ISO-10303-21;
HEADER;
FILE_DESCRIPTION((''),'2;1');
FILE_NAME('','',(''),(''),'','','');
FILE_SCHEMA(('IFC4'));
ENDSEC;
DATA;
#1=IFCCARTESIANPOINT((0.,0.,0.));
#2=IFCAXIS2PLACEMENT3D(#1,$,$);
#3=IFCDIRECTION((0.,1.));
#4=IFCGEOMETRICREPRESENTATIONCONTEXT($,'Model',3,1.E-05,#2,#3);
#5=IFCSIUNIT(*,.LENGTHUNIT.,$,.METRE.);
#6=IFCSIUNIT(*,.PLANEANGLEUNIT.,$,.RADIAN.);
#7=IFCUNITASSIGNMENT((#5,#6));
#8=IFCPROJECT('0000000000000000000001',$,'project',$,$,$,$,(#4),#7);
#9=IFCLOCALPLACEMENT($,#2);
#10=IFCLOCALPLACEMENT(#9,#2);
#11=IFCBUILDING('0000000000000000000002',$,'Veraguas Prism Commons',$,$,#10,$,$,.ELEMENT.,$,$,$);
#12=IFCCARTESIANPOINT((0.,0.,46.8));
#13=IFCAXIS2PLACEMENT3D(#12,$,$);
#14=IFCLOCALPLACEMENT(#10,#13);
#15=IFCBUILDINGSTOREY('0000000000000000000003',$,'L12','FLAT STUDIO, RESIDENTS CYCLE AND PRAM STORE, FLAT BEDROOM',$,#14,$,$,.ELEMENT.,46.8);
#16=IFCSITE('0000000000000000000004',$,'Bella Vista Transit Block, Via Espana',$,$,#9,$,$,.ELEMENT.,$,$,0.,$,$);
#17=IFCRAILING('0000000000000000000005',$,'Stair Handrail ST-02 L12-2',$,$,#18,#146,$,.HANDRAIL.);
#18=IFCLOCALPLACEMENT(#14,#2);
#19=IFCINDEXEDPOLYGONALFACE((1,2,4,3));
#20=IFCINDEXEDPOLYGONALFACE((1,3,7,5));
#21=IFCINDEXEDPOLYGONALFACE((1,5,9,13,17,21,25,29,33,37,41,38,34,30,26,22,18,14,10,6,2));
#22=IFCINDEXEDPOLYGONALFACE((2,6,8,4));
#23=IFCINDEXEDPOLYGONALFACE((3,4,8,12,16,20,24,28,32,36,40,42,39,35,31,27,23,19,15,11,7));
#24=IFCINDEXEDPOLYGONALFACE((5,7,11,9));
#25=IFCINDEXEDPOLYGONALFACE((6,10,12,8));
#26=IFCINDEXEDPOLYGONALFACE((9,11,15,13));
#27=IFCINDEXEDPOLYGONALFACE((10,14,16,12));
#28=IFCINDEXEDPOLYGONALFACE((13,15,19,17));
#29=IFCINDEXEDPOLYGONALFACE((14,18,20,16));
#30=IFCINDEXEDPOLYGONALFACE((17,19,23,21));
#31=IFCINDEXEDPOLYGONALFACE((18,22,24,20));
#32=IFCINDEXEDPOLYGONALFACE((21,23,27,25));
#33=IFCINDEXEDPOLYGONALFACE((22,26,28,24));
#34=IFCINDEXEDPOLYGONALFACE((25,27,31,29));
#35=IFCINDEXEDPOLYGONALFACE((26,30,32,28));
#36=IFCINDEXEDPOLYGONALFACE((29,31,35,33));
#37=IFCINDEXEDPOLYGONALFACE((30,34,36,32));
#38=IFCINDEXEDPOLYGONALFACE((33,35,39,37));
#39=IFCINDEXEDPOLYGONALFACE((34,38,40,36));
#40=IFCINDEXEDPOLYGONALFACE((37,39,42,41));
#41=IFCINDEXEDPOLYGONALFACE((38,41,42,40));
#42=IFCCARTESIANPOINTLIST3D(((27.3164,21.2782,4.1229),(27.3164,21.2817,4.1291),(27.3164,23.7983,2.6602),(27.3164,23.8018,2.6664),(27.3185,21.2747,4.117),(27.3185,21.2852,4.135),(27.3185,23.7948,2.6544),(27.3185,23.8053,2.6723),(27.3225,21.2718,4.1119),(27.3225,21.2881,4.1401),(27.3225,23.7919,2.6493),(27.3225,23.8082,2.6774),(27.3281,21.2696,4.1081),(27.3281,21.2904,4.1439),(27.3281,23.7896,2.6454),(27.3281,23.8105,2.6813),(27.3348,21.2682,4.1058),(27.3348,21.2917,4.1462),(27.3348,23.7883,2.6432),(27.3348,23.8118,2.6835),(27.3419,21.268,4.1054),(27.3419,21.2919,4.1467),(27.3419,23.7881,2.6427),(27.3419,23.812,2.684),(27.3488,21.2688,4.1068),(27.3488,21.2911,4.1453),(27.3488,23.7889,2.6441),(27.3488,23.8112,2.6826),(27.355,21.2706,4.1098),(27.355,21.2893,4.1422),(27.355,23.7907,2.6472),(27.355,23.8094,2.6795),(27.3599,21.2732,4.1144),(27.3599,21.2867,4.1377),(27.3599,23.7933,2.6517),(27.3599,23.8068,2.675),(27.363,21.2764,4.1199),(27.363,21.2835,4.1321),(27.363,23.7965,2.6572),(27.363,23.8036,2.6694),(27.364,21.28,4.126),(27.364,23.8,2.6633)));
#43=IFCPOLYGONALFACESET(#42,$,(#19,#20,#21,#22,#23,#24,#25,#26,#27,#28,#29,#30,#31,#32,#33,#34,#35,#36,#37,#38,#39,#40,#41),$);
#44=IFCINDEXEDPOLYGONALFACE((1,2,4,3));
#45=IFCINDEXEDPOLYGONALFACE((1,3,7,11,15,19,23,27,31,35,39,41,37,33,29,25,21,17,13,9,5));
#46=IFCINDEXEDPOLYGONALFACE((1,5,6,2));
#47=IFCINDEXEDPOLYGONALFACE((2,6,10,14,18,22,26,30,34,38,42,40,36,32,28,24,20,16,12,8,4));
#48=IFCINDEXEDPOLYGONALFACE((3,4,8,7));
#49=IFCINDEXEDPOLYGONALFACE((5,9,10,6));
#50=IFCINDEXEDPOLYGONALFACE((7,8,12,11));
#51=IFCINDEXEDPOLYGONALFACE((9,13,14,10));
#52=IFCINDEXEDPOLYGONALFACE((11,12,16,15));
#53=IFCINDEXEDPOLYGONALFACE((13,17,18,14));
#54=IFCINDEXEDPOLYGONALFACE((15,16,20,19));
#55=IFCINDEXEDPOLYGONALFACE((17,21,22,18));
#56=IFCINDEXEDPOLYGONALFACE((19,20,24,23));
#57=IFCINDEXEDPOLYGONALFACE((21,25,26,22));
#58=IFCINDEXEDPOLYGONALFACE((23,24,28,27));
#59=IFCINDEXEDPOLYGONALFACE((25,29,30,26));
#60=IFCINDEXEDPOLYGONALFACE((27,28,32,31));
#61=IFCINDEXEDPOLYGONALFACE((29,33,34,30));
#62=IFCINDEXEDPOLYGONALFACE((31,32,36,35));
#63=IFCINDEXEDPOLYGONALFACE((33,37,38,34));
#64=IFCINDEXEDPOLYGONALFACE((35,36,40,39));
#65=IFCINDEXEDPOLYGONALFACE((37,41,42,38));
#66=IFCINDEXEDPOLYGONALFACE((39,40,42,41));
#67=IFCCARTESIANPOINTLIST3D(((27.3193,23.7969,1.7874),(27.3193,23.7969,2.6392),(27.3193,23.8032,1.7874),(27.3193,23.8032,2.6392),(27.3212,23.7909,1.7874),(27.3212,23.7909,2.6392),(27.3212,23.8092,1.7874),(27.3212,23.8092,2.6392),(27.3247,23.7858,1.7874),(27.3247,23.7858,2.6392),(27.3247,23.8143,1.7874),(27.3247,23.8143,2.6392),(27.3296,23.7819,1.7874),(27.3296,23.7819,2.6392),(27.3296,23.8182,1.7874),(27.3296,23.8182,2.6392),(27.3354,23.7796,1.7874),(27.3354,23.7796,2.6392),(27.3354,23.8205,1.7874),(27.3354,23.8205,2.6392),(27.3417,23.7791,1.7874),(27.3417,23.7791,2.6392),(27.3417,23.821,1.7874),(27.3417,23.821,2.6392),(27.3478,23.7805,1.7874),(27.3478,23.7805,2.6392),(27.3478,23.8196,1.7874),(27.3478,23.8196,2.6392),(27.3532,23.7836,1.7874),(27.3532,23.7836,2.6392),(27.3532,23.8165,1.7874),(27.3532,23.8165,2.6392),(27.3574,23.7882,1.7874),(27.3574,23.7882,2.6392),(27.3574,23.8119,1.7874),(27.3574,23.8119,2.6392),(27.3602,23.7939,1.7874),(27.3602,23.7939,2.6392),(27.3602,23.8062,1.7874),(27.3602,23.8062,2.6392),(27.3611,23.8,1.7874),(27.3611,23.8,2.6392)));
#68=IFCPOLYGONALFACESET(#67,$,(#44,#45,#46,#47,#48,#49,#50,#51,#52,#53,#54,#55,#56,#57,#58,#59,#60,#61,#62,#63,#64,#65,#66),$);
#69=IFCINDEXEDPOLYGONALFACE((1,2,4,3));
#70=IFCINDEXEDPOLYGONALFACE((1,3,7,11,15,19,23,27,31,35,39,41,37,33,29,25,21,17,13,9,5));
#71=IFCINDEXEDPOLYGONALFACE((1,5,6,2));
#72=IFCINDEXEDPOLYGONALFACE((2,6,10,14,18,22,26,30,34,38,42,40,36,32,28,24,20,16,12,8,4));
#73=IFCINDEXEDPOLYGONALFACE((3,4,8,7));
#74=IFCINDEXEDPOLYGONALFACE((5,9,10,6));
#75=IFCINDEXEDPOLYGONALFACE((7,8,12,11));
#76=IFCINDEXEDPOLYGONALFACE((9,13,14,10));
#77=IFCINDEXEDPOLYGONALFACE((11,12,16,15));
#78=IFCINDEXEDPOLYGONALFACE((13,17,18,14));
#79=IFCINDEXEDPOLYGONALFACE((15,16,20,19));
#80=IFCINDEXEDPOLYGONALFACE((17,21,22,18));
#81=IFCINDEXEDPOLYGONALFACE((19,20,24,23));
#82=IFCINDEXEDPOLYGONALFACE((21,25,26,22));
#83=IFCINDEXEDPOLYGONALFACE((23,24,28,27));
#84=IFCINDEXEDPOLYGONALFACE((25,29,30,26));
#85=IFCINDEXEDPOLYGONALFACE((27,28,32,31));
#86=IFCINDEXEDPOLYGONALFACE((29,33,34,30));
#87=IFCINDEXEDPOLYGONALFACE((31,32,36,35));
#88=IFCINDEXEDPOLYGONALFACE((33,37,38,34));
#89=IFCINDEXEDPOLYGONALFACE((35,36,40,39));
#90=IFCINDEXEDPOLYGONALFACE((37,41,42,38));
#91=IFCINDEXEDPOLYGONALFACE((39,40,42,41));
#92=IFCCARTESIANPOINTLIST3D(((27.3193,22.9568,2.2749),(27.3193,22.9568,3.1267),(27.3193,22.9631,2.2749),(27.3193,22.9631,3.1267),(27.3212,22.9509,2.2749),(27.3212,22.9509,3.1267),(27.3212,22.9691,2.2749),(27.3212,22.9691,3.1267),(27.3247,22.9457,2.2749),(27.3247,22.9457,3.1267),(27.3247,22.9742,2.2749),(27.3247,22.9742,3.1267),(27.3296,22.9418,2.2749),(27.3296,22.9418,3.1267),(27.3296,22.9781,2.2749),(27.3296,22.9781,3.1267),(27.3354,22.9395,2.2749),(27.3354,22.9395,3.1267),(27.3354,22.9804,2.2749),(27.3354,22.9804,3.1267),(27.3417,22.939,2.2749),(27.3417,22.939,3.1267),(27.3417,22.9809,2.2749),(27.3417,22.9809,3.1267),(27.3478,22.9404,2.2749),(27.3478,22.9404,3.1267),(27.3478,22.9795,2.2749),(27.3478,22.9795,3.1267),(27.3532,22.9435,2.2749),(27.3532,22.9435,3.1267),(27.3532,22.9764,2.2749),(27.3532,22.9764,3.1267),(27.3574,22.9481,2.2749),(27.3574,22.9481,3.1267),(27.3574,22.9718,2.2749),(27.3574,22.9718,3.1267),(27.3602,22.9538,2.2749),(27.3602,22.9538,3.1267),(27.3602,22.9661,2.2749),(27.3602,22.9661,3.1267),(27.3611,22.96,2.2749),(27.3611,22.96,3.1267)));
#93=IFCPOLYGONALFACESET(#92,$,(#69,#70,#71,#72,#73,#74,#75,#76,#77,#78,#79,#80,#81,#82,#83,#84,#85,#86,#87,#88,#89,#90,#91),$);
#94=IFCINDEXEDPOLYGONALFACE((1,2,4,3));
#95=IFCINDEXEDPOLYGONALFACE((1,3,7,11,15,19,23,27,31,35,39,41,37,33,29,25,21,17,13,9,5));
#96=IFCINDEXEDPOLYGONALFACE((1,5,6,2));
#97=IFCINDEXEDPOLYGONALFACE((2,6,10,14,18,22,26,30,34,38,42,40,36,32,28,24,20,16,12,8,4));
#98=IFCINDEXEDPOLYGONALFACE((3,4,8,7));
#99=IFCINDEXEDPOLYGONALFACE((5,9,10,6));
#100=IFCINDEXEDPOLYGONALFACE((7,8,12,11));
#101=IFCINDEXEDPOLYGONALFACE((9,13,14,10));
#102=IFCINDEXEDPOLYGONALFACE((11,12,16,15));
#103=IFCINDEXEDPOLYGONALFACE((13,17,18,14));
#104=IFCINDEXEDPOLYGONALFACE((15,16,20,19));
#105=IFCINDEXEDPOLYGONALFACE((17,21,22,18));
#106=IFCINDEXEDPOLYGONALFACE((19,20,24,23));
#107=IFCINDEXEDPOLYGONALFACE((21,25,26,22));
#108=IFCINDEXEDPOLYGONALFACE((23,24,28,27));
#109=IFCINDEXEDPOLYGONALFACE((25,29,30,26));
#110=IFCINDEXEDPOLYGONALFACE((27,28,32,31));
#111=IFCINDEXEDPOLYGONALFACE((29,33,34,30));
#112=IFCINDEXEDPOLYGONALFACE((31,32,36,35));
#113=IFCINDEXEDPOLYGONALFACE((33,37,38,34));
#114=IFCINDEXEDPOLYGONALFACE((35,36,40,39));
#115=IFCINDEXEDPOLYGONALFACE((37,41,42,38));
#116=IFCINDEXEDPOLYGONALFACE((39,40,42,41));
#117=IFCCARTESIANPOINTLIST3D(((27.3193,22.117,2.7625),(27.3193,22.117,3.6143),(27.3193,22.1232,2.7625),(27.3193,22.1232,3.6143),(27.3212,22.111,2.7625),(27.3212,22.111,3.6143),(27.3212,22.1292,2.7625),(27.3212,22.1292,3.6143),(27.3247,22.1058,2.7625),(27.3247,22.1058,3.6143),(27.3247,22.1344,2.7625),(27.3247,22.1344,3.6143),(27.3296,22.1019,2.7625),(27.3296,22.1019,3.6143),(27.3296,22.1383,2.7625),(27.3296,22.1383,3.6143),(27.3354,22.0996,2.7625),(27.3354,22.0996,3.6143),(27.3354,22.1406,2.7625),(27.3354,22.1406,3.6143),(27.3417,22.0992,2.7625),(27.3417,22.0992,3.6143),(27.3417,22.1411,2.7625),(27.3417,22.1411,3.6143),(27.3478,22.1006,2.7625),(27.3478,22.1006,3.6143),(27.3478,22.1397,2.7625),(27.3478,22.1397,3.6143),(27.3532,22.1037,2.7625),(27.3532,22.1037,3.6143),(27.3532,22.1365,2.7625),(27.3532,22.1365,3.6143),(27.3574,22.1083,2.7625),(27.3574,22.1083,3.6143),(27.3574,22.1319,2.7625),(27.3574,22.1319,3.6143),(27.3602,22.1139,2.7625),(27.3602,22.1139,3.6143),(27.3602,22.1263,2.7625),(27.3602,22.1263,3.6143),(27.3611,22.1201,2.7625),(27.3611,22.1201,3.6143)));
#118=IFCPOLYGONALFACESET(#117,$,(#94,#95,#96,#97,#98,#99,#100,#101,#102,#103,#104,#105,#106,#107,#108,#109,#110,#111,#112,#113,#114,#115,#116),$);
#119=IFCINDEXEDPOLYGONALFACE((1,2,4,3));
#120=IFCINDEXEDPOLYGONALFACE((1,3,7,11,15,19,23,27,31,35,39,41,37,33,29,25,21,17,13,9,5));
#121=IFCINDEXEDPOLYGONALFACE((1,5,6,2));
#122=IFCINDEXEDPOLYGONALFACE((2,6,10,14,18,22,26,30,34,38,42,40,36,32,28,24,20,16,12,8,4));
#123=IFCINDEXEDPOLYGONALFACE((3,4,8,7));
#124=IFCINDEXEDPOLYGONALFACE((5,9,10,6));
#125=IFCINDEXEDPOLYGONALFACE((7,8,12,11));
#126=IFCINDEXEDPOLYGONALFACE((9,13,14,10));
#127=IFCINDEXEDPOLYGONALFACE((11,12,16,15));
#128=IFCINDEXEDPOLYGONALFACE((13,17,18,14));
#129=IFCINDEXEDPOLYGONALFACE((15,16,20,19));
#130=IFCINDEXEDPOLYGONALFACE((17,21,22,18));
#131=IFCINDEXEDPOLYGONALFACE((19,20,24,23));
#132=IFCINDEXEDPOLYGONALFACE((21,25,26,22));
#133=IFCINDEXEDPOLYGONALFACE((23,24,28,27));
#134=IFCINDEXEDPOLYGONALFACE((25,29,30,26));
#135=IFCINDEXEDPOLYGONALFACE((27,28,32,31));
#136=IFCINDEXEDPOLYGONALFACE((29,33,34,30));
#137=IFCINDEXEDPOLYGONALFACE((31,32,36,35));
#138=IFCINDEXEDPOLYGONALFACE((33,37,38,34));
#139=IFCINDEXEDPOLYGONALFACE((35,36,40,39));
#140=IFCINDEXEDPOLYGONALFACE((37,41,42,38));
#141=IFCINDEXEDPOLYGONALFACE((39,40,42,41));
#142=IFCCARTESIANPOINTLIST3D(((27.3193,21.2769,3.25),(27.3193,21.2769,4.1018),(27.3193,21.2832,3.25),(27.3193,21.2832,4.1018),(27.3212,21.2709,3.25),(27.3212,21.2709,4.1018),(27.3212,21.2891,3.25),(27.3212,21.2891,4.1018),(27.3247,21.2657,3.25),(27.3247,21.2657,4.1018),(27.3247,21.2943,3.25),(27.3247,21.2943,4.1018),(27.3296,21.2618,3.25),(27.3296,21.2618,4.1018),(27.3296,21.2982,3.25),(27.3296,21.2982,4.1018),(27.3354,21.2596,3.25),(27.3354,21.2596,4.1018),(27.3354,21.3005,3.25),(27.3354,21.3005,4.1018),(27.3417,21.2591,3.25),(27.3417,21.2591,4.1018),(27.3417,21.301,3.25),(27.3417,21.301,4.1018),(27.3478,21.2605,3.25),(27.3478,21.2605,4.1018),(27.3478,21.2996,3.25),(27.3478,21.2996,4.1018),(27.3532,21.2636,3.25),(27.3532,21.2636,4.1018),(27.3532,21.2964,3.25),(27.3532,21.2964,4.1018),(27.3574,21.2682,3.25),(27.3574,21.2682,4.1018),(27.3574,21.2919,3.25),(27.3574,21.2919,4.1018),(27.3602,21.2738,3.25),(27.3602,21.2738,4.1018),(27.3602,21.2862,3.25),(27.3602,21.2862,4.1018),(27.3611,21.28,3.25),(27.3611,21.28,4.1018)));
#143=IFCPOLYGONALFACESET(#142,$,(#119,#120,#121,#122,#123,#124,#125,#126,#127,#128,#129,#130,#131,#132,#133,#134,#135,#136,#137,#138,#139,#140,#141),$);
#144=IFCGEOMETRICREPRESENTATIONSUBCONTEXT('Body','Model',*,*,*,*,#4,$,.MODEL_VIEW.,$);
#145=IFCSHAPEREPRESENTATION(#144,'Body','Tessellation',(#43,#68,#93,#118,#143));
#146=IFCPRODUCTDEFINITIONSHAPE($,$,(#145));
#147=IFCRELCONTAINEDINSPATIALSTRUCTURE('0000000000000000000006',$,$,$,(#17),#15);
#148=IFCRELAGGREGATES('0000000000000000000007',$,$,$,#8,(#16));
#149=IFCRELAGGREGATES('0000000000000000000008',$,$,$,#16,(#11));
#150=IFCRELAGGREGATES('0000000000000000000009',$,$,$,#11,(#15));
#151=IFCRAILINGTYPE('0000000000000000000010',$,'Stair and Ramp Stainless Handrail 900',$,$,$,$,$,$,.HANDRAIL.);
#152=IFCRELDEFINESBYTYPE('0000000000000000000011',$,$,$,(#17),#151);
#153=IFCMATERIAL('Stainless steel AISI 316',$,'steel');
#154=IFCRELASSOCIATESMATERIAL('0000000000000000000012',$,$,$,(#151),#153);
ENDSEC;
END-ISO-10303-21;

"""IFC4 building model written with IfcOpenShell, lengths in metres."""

from ifc_helpers import new_model, si_unit, direction, frame, origin, origin_2d, place, context, subcontext, project, spatial, circle, extrude, material, type_object, element, save


model = new_model("IFC4")

# Units and contexts
model_context = context("Model", 3, precision=1e-05, world=origin(), true_north=direction((0.0, 1.0)))
body_context = subcontext(model_context, "Body", "Model", "MODEL_VIEW")
ifc_project = project(units=[si_unit("LENGTHUNIT", "METRE"), si_unit("PLANEANGLEUNIT", "RADIAN")], contexts=[model_context])

# Site, building, storey
site_placement = place(None, origin())
site = spatial("IfcSite", under=ifc_project, at=site_placement, Name="Bella Vista Transit Block, Via Espana", CompositionType="ELEMENT", RefElevation=0.0)
building_placement = place(site_placement, origin())
building = spatial("IfcBuilding", under=site, at=building_placement, Name="Veraguas Prism Commons", CompositionType="ELEMENT")
storey_placement = place(building_placement, frame((0.0, 0.0, 46.8)))
storey = spatial("IfcBuildingStorey", under=building, at=storey_placement, Name="L12", Description="FLAT STUDIO, RESIDENTS CYCLE AND PRAM STORE, FLAT BEDROOM", CompositionType="ELEMENT", Elevation=46.8)

# Shared definitions
ifc_material_1 = material(Name="Stainless steel AISI 316", Category="steel")

# Railing
railing_type_1 = type_object("IfcRailingType", Name="Stair and Ramp Stainless Handrail 900", PredefinedType="HANDRAIL", material=ifc_material_1)
railing_1_placement = place(storey_placement, frame((27.3401, 23.8, 1.7874)))
element("IfcRailing", 1, at=railing_1_placement, inside=storey, type_object=railing_type_1, Name="Stair Handrail ST-02 L12-2", PredefinedType="HANDRAIL", context=body_context, shape_type="SweptSolid", body=[
    extrude(circle(Radius=0.0239, at=origin_2d()), frame((0.0, 0.0, 0.876), z_axis=(0.0, -0.864877, 0.501984), x_axis=(1.0, 0.0, 0.0)), (0.0, 0.0, 1.0), 2.9138),
    extrude(circle(Radius=0.021, at=origin_2d()), origin(), (0.0, 0.0, 1.0), 0.8518),
    extrude(circle(Radius=0.021, at=origin_2d()), frame((0.0, -0.8401, 0.4875)), (0.0, 0.0, 1.0), 0.8518),
    extrude(circle(Radius=0.021, at=origin_2d()), frame((0.0, -1.6799, 0.9751)), (0.0, 0.0, 1.0), 0.8518),
    extrude(circle(Radius=0.021, at=origin_2d()), frame((0.0, -2.52, 1.4626)), (0.0, 0.0, 1.0), 0.8518),
])

save(model, "model.ifc")
